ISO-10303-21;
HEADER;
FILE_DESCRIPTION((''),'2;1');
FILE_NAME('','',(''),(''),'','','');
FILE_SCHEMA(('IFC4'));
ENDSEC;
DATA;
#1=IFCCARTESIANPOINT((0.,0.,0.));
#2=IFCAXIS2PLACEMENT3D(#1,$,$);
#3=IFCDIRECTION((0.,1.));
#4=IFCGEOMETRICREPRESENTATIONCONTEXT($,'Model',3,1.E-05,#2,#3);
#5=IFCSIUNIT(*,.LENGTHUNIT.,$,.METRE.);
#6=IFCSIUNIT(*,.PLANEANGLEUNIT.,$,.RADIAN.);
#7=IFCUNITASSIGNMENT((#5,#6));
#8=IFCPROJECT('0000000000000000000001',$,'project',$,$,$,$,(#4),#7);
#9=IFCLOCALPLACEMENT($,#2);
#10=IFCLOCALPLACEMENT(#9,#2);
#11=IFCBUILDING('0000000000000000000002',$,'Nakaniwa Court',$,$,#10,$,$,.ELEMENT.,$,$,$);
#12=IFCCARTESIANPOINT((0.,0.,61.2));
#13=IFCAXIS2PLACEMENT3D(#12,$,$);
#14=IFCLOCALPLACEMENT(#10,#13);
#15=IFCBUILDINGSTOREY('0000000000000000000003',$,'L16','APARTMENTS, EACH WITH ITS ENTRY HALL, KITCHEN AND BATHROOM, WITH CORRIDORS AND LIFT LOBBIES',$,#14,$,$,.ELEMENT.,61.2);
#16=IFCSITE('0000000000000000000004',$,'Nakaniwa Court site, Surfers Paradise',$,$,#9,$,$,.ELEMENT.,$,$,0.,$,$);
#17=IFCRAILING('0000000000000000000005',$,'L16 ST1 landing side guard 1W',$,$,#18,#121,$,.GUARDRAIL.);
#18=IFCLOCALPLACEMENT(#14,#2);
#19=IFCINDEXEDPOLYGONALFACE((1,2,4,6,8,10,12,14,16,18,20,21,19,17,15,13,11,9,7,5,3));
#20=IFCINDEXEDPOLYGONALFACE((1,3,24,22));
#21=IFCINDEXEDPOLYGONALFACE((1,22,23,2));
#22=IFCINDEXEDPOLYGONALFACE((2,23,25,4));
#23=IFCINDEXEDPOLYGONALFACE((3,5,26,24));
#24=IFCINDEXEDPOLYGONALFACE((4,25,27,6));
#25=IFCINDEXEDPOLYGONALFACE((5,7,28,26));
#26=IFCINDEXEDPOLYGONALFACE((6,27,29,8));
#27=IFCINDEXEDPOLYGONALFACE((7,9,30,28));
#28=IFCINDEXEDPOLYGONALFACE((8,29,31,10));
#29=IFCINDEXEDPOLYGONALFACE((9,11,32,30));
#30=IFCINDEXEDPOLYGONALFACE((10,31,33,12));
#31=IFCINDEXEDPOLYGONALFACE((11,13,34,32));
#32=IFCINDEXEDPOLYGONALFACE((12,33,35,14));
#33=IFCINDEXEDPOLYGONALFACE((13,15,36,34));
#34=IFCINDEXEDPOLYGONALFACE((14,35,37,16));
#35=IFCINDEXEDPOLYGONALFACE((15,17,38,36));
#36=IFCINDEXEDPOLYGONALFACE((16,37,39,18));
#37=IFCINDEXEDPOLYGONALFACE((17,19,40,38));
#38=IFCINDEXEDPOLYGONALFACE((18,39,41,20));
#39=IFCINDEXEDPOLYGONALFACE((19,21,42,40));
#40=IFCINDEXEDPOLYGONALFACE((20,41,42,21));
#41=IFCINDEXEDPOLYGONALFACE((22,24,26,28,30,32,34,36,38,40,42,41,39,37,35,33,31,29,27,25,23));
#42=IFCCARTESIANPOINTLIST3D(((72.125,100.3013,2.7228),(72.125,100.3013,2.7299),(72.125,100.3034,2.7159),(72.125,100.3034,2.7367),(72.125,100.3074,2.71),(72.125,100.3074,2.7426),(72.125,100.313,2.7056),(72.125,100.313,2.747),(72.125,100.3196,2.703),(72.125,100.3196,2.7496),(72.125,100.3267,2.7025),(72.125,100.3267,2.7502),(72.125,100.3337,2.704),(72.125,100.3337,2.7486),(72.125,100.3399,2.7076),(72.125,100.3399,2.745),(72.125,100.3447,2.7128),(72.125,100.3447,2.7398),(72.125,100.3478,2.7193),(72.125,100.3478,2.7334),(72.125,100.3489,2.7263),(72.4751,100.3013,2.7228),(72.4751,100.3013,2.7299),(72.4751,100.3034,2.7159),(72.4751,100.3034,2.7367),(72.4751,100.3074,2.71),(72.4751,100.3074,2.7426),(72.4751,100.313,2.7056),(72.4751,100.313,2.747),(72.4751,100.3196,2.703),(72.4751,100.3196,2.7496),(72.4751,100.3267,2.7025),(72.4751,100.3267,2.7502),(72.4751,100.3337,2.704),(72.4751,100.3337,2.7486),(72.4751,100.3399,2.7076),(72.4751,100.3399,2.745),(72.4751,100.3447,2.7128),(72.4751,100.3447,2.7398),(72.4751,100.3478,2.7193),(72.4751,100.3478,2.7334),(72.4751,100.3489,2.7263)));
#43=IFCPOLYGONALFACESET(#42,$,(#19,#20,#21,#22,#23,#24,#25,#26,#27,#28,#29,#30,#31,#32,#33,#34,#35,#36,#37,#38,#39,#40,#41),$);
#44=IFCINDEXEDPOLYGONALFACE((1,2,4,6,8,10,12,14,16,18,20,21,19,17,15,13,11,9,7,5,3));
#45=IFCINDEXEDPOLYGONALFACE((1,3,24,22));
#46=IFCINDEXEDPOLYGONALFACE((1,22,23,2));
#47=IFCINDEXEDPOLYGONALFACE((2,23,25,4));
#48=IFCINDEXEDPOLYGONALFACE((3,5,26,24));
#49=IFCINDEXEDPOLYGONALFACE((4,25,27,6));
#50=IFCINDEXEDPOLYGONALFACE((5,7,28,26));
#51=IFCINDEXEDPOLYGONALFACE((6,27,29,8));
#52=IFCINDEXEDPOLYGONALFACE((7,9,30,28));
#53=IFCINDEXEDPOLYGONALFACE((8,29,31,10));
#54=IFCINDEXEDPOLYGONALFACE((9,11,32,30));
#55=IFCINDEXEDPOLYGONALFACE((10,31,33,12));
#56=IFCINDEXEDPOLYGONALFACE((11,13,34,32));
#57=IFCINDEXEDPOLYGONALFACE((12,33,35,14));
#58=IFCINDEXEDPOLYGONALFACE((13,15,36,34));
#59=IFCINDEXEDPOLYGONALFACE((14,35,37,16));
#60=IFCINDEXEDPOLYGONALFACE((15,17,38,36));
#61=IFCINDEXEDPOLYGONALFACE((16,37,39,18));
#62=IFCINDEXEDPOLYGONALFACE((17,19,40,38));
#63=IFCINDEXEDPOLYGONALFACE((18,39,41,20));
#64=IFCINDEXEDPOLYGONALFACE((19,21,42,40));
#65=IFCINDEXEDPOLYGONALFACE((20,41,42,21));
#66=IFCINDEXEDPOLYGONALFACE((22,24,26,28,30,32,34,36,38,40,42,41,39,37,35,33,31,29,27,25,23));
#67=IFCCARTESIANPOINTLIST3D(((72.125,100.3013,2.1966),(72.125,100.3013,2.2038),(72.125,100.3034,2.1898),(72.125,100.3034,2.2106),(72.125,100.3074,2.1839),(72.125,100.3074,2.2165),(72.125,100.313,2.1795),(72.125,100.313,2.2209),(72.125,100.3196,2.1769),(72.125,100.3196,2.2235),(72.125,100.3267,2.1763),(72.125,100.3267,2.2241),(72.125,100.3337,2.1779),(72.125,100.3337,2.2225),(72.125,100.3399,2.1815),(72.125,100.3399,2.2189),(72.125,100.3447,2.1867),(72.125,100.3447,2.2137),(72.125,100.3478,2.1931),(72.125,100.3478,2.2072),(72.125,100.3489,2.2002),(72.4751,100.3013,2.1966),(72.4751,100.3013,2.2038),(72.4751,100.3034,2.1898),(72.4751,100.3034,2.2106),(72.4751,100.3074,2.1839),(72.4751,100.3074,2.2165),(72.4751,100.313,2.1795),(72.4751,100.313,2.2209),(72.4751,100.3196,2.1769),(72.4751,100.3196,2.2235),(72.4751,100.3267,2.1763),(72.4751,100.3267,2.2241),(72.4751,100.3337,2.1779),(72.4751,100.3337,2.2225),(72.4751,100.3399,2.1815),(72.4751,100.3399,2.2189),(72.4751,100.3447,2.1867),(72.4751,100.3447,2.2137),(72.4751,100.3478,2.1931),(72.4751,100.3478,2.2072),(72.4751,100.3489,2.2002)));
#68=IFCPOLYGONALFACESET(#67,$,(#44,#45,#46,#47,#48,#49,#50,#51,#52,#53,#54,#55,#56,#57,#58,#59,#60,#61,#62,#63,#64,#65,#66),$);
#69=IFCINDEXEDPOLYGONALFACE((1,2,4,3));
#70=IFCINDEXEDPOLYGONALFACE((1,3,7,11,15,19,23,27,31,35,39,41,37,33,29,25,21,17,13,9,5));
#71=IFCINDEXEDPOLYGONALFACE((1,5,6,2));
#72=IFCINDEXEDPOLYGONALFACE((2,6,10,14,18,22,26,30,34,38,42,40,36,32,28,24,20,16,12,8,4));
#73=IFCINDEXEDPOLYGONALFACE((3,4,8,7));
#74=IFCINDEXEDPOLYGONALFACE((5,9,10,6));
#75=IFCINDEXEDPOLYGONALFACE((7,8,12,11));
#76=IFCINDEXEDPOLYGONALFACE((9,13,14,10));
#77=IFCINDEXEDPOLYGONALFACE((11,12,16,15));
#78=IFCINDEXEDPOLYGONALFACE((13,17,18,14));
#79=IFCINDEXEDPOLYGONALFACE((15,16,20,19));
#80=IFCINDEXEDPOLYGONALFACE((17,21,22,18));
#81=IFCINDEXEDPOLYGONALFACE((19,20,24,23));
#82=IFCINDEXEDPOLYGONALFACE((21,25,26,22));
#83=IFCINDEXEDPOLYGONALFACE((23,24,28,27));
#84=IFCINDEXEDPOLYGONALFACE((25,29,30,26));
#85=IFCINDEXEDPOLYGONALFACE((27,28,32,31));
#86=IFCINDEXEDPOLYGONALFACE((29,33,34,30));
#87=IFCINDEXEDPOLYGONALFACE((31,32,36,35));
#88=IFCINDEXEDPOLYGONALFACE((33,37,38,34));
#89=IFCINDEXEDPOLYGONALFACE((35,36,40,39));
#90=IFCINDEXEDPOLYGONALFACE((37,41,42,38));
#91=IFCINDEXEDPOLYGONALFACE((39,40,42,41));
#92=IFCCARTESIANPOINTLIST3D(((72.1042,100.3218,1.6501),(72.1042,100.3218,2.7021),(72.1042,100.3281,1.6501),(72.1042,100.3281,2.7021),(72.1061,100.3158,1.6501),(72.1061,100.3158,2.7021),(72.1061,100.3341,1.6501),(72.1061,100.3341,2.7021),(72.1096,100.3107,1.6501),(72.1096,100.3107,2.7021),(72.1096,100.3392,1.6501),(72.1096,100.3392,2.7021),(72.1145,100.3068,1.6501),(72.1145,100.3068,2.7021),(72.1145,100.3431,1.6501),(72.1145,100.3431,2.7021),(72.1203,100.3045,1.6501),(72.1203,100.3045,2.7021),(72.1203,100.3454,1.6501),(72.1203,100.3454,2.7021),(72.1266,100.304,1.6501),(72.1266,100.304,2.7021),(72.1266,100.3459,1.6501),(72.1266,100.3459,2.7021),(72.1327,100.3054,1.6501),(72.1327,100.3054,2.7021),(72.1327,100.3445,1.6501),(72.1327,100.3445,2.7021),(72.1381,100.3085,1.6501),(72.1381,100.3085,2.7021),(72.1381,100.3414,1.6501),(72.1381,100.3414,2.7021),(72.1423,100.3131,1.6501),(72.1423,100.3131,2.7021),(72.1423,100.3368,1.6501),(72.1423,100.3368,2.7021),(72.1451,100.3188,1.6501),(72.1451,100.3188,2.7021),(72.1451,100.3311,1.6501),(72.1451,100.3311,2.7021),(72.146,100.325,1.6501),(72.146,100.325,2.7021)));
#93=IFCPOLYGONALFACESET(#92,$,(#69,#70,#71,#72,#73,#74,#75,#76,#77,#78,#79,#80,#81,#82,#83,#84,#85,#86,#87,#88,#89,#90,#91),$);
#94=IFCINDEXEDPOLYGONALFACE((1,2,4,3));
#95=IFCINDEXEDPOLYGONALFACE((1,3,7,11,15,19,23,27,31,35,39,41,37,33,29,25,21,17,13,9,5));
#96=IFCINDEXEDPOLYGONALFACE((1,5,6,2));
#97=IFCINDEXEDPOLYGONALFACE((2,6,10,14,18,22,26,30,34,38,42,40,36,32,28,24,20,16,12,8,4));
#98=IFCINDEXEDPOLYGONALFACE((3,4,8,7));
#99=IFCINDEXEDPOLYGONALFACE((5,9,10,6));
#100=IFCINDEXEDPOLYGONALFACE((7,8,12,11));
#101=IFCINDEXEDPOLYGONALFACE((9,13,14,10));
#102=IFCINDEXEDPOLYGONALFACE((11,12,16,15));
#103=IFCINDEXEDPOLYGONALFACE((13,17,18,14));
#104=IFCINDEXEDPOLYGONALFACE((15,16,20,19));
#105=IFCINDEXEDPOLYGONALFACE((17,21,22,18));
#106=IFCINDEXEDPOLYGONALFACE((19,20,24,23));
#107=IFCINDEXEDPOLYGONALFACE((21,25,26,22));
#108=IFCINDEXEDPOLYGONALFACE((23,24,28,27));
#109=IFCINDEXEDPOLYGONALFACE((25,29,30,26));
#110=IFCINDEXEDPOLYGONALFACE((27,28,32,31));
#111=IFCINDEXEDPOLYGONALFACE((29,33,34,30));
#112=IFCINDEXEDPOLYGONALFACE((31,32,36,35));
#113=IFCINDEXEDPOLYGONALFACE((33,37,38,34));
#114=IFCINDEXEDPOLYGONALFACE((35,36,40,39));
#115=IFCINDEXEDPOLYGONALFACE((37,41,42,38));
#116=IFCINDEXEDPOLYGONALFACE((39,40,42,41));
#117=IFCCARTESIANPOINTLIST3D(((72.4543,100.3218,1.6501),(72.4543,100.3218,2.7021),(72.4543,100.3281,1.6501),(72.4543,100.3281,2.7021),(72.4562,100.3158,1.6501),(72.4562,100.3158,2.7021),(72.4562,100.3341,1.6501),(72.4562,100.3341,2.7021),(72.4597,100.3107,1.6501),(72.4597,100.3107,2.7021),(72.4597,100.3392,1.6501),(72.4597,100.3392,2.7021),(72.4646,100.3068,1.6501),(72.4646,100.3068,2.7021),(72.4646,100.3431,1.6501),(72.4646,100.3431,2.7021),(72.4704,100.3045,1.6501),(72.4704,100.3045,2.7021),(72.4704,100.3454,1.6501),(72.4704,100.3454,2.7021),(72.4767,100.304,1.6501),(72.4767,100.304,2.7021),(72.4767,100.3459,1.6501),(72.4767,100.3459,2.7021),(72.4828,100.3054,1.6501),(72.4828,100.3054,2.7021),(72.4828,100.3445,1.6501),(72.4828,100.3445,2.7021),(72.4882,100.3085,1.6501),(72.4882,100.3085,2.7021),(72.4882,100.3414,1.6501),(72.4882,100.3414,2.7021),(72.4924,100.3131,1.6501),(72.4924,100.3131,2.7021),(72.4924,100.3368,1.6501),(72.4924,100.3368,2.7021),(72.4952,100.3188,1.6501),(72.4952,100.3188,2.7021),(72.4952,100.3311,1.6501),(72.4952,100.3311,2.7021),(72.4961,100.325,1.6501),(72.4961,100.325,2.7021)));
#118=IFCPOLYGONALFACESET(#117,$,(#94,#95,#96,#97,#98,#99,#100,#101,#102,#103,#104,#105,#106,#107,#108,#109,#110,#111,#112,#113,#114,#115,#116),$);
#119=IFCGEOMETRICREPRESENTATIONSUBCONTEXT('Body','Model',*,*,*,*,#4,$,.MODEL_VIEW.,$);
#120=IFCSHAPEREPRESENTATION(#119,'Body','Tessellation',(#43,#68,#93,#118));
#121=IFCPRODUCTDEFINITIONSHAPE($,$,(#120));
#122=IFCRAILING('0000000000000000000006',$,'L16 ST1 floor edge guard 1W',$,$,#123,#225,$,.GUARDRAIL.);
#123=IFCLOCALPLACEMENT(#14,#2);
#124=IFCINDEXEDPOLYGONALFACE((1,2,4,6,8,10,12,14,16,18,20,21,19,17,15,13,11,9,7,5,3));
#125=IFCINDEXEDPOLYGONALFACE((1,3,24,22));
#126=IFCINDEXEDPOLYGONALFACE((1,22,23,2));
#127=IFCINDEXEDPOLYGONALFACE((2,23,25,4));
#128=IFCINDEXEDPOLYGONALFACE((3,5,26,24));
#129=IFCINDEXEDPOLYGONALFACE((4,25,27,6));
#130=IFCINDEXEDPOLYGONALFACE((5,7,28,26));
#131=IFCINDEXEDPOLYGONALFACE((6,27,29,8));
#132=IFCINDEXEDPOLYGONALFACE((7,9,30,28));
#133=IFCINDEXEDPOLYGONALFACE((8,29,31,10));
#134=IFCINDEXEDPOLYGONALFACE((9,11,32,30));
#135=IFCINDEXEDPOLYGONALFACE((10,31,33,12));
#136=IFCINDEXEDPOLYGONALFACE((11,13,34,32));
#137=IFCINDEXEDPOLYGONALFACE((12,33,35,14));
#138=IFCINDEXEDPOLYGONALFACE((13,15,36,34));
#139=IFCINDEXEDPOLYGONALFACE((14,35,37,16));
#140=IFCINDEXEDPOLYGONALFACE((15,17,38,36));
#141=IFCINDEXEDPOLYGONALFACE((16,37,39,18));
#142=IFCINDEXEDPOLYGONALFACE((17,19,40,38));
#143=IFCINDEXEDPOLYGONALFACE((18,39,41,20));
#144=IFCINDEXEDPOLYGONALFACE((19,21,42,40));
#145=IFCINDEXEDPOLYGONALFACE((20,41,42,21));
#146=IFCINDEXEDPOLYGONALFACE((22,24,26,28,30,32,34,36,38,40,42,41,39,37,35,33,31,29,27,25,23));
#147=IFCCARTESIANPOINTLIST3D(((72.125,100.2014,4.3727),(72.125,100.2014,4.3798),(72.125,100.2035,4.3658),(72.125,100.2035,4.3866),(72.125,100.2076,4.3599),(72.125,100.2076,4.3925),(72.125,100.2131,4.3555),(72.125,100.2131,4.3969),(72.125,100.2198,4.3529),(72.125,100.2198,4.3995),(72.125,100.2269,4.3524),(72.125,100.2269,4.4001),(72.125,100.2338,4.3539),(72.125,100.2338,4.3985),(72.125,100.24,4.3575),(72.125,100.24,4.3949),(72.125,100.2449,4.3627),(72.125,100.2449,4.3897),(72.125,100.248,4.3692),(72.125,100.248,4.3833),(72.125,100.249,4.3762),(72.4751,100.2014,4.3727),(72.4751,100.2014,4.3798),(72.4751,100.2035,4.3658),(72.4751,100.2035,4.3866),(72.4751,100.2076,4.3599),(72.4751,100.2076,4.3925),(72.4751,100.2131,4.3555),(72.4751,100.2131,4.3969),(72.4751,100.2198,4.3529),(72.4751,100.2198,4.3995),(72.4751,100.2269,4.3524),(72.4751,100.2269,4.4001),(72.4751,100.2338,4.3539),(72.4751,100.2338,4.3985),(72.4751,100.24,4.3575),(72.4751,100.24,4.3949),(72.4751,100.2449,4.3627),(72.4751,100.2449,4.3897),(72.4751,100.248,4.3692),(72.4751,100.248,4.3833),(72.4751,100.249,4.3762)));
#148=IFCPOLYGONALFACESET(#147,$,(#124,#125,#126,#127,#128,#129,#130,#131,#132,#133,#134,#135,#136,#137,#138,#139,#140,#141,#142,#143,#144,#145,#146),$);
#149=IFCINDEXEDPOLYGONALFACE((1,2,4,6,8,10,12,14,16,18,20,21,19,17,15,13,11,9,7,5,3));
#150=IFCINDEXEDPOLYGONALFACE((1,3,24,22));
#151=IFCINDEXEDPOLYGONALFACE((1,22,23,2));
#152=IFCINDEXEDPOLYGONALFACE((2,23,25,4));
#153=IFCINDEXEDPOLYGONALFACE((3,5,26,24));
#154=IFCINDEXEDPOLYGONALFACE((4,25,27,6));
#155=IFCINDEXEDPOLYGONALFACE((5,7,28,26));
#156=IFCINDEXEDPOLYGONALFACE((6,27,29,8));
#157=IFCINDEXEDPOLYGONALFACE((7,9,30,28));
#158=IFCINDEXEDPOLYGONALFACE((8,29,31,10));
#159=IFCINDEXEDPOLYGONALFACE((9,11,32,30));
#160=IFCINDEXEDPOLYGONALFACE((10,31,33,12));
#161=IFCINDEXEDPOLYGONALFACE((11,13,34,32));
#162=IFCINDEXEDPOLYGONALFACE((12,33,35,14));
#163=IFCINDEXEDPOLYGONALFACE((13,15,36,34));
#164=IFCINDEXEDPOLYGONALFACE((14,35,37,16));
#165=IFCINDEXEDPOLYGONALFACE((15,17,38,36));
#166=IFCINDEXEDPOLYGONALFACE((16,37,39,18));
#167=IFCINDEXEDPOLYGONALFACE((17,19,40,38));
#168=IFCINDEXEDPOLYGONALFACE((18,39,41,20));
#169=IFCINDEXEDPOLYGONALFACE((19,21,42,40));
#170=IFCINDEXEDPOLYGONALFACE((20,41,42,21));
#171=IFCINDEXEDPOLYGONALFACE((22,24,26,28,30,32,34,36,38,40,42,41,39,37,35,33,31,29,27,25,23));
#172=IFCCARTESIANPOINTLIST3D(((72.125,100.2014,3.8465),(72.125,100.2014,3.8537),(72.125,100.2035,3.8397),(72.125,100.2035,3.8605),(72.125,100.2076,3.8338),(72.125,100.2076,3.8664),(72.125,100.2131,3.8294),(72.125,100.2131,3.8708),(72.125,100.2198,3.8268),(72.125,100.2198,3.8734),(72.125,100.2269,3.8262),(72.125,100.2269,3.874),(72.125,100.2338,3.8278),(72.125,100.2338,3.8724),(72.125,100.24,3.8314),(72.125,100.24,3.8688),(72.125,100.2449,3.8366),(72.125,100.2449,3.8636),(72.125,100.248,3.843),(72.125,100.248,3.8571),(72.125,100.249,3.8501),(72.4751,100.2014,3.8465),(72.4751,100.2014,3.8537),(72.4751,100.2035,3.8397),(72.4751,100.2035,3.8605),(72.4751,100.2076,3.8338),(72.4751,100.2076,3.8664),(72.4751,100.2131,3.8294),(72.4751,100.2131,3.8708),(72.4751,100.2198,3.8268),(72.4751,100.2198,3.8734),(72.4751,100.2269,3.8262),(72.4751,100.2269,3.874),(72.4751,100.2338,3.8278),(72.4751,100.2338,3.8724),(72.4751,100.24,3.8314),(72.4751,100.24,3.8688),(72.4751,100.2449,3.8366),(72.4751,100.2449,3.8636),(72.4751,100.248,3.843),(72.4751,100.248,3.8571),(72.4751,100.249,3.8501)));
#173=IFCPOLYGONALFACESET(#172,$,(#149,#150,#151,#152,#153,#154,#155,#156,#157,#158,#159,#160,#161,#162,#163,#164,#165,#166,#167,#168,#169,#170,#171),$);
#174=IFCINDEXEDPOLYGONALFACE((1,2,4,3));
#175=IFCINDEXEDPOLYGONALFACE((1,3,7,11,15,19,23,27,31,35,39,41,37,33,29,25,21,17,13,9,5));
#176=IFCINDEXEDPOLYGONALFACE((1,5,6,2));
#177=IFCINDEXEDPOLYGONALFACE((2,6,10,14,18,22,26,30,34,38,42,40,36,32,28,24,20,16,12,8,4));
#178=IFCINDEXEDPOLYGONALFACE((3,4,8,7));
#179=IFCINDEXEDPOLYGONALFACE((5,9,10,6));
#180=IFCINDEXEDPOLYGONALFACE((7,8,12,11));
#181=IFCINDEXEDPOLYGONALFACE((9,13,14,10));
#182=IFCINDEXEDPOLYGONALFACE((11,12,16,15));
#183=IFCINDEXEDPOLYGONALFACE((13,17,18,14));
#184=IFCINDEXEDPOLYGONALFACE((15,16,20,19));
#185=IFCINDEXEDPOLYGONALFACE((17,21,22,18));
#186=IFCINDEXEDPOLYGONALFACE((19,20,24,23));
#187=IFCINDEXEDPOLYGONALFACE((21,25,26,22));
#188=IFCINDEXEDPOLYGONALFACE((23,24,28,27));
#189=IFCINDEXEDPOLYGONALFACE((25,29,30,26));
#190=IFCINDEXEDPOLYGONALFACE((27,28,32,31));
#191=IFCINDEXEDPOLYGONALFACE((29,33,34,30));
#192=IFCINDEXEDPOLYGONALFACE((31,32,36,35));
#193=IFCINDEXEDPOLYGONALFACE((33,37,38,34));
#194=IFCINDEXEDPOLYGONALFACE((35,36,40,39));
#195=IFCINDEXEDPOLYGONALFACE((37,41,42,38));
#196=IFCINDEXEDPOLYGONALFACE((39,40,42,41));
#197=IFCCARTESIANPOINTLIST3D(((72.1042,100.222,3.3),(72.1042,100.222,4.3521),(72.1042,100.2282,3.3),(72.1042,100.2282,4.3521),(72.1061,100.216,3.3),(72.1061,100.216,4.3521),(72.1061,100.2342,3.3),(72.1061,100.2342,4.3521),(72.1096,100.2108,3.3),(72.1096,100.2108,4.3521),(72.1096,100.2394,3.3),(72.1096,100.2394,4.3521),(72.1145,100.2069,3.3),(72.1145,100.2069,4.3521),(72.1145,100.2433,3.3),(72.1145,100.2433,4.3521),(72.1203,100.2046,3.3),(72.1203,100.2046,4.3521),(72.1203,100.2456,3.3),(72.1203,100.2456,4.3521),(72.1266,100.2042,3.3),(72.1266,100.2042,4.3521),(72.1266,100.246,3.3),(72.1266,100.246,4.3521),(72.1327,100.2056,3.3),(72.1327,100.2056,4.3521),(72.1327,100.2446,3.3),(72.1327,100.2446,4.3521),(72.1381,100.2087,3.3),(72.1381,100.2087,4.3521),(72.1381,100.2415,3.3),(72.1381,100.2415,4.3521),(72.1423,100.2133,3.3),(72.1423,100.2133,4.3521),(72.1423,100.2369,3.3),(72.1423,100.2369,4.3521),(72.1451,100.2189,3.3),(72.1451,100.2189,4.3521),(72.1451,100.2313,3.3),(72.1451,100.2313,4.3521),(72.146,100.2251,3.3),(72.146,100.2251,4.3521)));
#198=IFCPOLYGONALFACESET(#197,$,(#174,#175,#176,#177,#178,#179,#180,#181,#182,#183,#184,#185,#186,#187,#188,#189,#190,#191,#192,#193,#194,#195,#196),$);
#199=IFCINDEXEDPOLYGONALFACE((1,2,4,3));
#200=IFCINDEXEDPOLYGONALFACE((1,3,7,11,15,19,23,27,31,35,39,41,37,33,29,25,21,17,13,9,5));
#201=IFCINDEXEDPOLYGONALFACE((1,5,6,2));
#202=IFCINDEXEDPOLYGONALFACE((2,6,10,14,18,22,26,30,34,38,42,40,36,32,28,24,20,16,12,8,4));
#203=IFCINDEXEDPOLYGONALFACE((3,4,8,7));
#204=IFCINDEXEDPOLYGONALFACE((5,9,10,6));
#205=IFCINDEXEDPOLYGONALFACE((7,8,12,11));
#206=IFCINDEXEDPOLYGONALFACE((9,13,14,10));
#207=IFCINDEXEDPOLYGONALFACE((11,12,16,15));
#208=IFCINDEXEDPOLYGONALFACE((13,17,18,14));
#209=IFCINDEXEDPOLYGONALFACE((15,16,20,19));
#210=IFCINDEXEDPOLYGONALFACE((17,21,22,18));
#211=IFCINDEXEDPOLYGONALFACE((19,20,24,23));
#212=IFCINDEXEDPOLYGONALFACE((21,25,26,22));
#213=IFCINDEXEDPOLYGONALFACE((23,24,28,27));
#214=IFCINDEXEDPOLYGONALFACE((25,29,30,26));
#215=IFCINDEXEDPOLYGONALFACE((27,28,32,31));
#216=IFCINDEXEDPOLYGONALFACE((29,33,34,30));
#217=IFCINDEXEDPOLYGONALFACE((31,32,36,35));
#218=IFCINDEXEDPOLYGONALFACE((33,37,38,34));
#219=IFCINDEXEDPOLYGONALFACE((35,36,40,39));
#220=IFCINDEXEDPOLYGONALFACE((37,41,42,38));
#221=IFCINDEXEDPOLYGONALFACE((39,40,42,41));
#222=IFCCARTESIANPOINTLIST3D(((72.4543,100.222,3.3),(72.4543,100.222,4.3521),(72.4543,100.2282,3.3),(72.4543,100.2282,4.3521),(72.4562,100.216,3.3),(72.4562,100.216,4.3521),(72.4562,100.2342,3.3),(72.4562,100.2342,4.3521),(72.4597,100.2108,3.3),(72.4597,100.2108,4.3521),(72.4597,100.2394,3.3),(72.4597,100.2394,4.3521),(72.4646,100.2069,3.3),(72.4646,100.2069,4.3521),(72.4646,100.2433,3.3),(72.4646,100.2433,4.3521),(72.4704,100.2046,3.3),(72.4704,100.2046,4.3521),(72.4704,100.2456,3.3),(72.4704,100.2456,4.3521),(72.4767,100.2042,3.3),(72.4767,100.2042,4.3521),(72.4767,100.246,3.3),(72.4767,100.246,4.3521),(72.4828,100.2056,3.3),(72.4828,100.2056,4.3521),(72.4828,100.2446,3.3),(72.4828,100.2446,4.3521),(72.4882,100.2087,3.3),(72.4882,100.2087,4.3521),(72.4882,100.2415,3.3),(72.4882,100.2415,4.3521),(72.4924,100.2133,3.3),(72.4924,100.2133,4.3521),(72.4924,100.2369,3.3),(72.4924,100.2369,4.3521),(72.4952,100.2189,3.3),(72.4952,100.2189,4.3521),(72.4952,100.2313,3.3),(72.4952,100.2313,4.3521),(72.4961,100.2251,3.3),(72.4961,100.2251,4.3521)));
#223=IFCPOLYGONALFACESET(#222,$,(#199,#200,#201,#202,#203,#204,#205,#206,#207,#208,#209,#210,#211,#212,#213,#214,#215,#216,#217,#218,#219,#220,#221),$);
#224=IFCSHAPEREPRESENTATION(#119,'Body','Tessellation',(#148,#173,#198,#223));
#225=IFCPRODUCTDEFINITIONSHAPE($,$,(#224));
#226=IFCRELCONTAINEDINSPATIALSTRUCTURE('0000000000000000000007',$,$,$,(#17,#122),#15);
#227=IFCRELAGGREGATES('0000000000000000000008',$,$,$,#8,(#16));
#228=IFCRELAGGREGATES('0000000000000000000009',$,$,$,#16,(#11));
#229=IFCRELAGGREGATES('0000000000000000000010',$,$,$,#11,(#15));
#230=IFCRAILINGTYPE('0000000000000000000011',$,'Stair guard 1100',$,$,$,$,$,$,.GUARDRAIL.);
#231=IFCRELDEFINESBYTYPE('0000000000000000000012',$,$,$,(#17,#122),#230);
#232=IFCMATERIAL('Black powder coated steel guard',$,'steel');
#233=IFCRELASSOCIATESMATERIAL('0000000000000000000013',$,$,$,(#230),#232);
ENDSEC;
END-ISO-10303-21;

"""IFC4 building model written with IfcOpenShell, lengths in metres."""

from ifc_helpers import new_model, si_unit, direction, frame, origin, origin_2d, place, context, subcontext, project, spatial, circle, extrude, material, type_object, element, save


model = new_model("IFC4")

# Units and contexts
model_context = context("Model", 3, precision=1e-05, world=origin(), true_north=direction((0.0, 1.0)))
body_context = subcontext(model_context, "Body", "Model", "MODEL_VIEW")
ifc_project = project(units=[si_unit("LENGTHUNIT", "METRE"), si_unit("PLANEANGLEUNIT", "RADIAN")], contexts=[model_context])

# Site, building, storey
site_placement = place(None, origin())
site = spatial("IfcSite", under=ifc_project, at=site_placement, Name="Nakaniwa Court site, Surfers Paradise", CompositionType="ELEMENT", RefElevation=0.0)
building_placement = place(site_placement, origin())
building = spatial("IfcBuilding", under=site, at=building_placement, Name="Nakaniwa Court", CompositionType="ELEMENT")
storey_placement = place(building_placement, frame((0.0, 0.0, 61.2)))
storey = spatial("IfcBuildingStorey", under=building, at=storey_placement, Name="L16", Description="APARTMENTS, EACH WITH ITS ENTRY HALL, KITCHEN AND BATHROOM, WITH CORRIDORS AND LIFT LOBBIES", CompositionType="ELEMENT", Elevation=61.2)

# Railings
ifc_material_1 = material(Name="Black powder coated steel guard", Category="steel")
railing_type_1 = type_object("IfcRailingType", Name="Stair guard 1100", PredefinedType="GUARDRAIL", material=ifc_material_1)
for number, where, name in (
    (1, (72.125, 100.325, 1.6501), "L16 ST1 landing side guard 1W"),
    (2, (72.125, 100.2251, 3.3), "L16 ST1 floor edge guard 1W"),
):
    element("IfcRailing", number, at=place(storey_placement, frame(where)), inside=storey, type_object=railing_type_1, Name=name, PredefinedType="GUARDRAIL", context=body_context, shape_type="SweptSolid", body=[
        extrude(circle(Radius=0.0239, at=origin_2d()), frame((0.0, 0.0, 1.0762), z_axis=(1.0, 0.0, 0.0), x_axis=(0.0, 1.0, 0.0)), (0.0, 0.0, 1.0), 0.3501),
        extrude(circle(Radius=0.0239, at=origin_2d()), frame((0.0, 0.0, 0.55), z_axis=(1.0, 0.0, 0.0), x_axis=(0.0, 1.0, 0.0)), (0.0, 0.0, 1.0), 0.3501),
        extrude(circle(Radius=0.021, at=origin_2d()), origin(), (0.0, 0.0, 1.0), 1.052),
        extrude(circle(Radius=0.021, at=origin_2d()), frame((0.3501, 0.0, 0.0)), (0.0, 0.0, 1.0), 1.052),
    ])

save(model, "model.ifc")
